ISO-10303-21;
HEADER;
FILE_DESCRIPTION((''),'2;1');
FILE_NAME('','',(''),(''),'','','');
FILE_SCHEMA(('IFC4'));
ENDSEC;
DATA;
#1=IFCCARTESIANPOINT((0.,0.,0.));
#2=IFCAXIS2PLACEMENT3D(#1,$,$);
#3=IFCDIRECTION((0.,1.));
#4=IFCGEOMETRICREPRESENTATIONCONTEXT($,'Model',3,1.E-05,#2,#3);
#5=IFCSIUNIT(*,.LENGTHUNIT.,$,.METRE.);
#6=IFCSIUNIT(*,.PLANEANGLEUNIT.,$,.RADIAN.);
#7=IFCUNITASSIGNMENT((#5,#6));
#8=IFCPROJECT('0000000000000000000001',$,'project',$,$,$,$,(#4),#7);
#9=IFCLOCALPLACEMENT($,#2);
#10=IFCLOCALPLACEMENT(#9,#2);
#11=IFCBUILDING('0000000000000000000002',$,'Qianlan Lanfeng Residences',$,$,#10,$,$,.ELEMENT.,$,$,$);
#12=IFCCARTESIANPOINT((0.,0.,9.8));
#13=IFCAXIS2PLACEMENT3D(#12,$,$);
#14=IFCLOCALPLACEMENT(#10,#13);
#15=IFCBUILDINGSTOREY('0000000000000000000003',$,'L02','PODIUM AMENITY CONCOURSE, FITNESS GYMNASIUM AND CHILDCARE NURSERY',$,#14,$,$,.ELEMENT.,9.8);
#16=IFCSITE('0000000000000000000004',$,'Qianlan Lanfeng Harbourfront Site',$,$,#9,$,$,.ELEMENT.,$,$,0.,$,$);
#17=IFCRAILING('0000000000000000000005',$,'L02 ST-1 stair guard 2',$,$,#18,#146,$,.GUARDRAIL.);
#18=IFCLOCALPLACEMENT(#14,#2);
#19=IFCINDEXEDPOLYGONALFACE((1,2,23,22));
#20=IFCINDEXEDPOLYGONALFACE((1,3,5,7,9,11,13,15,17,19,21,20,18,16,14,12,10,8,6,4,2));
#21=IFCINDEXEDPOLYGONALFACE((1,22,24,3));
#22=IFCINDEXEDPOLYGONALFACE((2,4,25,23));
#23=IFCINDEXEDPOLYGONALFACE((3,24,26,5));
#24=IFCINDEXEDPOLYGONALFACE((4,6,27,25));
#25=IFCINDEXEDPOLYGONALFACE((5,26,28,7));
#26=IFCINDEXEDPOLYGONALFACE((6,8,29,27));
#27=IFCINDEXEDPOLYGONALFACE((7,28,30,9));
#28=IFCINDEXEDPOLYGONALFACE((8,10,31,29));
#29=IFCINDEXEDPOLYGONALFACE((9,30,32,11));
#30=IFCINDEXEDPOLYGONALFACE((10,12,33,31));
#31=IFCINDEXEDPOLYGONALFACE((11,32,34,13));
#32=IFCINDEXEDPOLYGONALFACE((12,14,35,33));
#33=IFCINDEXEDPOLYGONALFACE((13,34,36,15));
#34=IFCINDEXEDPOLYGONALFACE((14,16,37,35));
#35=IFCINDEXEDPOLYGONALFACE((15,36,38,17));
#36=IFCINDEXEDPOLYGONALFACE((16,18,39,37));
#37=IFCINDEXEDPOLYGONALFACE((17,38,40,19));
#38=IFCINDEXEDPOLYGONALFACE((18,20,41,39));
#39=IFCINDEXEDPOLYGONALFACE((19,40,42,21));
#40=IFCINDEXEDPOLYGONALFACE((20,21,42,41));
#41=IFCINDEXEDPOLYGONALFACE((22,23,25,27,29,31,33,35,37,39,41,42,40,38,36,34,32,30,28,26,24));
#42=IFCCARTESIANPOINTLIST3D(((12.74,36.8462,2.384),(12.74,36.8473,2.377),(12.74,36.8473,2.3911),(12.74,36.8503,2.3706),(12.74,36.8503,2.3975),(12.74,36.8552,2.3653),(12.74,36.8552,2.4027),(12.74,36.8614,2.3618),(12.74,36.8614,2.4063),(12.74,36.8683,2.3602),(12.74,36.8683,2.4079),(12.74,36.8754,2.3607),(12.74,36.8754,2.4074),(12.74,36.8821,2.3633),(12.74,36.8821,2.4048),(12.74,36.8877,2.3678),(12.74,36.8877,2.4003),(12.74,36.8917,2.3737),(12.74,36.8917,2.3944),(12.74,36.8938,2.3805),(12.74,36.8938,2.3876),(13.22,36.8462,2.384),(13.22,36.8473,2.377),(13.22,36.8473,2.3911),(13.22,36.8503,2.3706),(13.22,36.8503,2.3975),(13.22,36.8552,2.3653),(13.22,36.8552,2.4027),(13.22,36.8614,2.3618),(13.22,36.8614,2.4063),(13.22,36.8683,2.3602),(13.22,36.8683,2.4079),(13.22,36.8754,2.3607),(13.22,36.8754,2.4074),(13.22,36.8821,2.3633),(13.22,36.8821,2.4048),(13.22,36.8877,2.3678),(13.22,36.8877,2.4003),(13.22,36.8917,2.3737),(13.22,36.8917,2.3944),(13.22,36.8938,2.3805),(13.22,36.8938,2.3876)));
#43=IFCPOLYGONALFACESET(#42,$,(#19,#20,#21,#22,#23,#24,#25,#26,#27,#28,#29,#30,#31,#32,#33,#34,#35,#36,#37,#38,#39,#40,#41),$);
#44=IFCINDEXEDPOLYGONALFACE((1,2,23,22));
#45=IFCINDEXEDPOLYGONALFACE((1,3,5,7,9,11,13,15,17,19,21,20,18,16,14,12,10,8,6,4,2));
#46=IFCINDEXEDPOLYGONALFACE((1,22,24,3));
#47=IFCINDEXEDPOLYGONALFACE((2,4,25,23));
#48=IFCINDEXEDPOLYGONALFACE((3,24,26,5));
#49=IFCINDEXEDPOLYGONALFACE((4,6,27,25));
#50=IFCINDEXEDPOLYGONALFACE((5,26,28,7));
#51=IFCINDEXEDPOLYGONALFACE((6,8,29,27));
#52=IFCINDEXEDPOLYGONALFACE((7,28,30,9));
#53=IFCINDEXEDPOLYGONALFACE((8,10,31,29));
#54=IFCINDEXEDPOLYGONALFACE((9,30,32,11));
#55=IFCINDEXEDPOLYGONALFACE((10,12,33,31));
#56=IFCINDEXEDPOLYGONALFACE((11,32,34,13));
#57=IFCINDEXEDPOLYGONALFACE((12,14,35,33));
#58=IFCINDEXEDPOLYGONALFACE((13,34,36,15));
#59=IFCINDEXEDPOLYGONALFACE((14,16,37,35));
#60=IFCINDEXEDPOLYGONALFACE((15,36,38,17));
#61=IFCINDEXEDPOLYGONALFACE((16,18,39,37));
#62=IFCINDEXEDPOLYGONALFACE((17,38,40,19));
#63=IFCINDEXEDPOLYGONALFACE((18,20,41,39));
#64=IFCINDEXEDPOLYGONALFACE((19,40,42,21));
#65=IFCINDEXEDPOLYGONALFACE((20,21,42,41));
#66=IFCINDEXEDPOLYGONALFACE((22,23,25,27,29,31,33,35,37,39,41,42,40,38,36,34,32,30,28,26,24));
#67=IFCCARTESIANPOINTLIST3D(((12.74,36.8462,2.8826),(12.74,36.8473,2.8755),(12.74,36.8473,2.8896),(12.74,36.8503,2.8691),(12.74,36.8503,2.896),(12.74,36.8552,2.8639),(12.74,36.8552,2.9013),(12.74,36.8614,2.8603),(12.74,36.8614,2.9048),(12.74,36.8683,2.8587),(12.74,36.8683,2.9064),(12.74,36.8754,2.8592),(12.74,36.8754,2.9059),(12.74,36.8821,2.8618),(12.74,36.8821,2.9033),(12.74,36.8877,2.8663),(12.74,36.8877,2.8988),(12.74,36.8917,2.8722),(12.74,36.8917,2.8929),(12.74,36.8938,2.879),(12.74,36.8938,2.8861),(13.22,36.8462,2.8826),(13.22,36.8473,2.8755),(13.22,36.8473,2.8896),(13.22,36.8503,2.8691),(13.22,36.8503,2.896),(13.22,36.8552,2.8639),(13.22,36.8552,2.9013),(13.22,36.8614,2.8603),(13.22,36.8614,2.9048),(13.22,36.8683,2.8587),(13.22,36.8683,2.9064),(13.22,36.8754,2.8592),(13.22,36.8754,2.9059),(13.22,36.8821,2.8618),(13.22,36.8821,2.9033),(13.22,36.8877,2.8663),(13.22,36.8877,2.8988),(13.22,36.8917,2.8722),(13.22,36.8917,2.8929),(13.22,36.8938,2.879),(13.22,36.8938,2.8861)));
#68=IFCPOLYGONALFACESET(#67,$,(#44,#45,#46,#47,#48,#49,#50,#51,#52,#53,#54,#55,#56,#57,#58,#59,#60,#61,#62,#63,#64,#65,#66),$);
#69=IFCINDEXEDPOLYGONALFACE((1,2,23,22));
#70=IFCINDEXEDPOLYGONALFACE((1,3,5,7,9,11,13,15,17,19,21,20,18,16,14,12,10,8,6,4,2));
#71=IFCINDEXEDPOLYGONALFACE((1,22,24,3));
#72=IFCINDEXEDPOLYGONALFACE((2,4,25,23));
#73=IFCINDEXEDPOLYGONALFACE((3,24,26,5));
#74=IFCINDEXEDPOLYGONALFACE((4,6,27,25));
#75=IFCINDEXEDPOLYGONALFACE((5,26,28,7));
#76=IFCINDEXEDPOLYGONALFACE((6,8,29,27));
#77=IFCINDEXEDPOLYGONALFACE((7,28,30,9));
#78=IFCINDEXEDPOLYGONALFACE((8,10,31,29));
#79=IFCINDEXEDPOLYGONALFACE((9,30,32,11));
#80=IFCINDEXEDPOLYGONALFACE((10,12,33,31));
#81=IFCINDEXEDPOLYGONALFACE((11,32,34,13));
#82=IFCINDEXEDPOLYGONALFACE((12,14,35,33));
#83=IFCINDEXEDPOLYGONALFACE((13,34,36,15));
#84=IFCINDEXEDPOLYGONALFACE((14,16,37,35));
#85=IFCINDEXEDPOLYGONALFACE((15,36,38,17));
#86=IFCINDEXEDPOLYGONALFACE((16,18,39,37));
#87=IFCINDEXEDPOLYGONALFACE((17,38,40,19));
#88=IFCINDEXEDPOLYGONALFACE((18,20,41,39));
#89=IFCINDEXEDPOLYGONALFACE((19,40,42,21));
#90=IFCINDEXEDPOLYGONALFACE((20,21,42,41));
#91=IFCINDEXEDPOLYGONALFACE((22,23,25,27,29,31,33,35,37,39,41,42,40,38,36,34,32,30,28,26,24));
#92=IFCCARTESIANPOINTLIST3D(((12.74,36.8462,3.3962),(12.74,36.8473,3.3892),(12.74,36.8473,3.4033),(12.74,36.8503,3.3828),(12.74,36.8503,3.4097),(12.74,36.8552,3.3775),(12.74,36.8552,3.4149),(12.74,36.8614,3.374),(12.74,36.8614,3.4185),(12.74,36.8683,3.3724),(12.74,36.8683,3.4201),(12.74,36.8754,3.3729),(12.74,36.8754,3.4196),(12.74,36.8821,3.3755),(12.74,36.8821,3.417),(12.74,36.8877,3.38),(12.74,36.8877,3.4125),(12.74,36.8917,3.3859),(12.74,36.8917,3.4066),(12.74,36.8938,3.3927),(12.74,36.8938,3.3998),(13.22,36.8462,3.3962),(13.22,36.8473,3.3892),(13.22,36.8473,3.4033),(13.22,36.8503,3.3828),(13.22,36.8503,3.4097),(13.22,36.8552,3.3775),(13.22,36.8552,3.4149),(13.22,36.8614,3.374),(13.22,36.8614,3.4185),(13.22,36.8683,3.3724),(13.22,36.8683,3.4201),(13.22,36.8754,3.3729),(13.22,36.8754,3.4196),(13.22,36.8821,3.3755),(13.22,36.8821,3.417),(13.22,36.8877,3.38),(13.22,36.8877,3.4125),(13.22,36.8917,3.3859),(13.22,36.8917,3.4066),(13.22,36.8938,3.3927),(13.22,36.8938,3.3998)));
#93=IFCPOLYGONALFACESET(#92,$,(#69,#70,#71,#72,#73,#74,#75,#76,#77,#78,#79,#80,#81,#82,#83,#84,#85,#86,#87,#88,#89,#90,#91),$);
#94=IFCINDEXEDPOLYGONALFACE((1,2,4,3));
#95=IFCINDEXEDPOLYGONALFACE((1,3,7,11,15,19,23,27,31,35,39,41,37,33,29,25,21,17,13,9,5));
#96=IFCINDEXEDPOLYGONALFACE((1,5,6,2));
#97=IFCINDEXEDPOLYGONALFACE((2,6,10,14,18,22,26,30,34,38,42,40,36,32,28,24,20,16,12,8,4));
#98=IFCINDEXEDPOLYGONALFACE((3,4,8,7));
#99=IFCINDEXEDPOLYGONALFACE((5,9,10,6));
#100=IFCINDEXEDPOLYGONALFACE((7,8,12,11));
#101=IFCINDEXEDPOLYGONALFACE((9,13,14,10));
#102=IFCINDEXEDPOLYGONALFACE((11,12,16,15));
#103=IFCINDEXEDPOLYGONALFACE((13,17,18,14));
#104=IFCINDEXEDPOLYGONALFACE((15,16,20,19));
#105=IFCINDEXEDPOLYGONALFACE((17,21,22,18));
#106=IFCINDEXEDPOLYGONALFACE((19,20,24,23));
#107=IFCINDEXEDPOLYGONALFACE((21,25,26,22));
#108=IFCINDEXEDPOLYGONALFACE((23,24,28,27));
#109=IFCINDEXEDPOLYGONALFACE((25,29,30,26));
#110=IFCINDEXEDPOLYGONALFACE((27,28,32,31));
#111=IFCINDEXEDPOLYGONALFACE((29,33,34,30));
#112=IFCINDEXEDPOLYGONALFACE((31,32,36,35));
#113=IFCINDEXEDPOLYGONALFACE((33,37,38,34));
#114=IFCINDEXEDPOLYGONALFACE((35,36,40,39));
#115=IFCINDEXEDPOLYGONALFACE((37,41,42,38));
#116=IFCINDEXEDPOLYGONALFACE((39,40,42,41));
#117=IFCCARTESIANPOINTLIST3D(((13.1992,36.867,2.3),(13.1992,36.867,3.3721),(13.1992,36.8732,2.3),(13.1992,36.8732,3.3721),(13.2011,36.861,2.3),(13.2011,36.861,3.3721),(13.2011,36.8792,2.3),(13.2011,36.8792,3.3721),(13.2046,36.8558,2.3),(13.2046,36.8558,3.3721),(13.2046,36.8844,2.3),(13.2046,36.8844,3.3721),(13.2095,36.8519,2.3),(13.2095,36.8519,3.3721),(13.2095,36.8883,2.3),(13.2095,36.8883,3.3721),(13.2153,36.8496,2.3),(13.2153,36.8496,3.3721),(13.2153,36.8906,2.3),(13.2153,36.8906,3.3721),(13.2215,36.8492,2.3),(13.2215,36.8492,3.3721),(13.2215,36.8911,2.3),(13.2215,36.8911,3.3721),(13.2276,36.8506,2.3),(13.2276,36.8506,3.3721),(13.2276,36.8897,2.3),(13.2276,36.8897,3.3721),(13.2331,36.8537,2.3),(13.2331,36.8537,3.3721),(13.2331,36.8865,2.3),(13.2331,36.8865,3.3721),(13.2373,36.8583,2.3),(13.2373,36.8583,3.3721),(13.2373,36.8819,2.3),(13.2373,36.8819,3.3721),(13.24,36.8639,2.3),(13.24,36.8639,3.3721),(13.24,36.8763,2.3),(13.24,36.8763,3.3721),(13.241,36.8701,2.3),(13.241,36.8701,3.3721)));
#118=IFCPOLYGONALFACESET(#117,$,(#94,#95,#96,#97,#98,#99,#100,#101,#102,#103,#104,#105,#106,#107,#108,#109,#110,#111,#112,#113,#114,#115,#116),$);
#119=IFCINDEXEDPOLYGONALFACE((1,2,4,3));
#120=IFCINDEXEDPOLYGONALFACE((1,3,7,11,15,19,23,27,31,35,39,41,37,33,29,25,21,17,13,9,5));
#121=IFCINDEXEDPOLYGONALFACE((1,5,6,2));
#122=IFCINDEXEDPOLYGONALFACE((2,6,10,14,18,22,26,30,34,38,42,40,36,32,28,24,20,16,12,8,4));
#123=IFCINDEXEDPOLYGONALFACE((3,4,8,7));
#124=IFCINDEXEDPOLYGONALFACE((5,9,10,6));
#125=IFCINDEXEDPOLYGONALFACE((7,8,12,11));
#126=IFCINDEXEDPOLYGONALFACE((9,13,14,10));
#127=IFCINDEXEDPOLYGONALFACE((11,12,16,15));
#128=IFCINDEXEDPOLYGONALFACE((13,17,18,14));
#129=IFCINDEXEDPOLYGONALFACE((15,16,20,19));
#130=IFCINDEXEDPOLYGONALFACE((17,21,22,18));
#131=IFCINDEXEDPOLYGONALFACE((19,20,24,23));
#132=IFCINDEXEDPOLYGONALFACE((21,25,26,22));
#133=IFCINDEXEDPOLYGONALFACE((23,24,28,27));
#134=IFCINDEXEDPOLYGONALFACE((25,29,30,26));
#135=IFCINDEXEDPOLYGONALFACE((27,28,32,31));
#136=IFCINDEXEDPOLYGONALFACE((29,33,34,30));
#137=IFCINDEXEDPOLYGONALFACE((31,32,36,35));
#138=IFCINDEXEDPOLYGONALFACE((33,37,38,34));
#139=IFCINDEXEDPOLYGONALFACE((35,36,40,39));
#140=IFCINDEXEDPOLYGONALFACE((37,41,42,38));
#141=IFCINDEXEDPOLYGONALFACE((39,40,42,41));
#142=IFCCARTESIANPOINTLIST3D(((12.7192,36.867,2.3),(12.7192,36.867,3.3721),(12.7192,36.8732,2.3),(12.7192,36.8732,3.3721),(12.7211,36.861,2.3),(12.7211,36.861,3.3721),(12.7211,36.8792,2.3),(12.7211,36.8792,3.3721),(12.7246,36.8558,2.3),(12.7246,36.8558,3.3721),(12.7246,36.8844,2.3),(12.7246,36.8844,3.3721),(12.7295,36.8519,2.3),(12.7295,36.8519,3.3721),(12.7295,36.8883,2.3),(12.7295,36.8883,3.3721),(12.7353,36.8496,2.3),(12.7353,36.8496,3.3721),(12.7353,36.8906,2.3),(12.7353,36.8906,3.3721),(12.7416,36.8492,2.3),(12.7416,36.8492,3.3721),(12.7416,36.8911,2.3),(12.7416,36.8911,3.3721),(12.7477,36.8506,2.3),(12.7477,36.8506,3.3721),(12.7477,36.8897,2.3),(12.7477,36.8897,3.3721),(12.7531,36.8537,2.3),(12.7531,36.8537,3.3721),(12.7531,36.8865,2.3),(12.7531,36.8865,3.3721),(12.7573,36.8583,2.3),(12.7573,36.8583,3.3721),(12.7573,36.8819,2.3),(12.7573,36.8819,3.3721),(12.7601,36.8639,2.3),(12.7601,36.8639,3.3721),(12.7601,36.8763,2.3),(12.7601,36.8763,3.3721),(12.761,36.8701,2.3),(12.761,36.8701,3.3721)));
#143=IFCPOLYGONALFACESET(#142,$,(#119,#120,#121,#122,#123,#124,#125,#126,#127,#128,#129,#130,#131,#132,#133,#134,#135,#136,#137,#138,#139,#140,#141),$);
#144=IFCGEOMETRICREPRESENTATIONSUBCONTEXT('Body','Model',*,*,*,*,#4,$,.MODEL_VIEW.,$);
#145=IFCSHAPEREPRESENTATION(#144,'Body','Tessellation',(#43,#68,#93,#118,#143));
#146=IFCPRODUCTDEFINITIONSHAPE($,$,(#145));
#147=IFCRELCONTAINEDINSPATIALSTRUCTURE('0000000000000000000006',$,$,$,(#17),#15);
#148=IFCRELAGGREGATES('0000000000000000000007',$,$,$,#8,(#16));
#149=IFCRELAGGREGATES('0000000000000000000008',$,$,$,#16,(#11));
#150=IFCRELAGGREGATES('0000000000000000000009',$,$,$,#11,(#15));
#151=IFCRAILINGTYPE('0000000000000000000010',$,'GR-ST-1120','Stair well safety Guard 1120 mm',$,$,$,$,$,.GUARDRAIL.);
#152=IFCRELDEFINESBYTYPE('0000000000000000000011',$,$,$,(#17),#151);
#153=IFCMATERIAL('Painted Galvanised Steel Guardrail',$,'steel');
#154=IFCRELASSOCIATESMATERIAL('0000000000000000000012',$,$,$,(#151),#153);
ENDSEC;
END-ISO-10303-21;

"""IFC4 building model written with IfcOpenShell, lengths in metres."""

from ifc_helpers import new_model, si_unit, direction, frame, origin, origin_2d, place, context, subcontext, project, spatial, circle, extrude, material, type_object, element, save


model = new_model("IFC4")

# Units and contexts
model_context = context("Model", 3, precision=1e-05, world=origin(), true_north=direction((0.0, 1.0)))
body_context = subcontext(model_context, "Body", "Model", "MODEL_VIEW")
ifc_project = project(units=[si_unit("LENGTHUNIT", "METRE"), si_unit("PLANEANGLEUNIT", "RADIAN")], contexts=[model_context])

# Site, building, storey
site_placement = place(None, origin())
site = spatial("IfcSite", under=ifc_project, at=site_placement, Name="Qianlan Lanfeng Harbourfront Site", CompositionType="ELEMENT", RefElevation=0.0)
building_placement = place(site_placement, origin())
building = spatial("IfcBuilding", under=site, at=building_placement, Name="Qianlan Lanfeng Residences", CompositionType="ELEMENT")
storey_placement = place(building_placement, frame((0.0, 0.0, 9.8)))
storey = spatial("IfcBuildingStorey", under=building, at=storey_placement, Name="L02", Description="PODIUM AMENITY CONCOURSE, FITNESS GYMNASIUM AND CHILDCARE NURSERY", CompositionType="ELEMENT", Elevation=9.8)

# Railing
ifc_material_1 = material(Name="Painted Galvanised Steel Guardrail", Category="steel")
railing_type_1 = type_object("IfcRailingType", Name="GR-ST-1120", Description="Stair well safety Guard 1120 mm", PredefinedType="GUARDRAIL", material=ifc_material_1)
railing_1_placement = place(storey_placement, frame((13.22, 36.8701, 2.3)))
element("IfcRailing", 1, at=railing_1_placement, inside=storey, type_object=railing_type_1, Name="L02 ST-1 stair guard 2", PredefinedType="GUARDRAIL", context=body_context, shape_type="SweptSolid", body=[
    extrude(circle(Radius=0.0239, at=origin_2d()), frame((0.0, 0.0, 0.084), z_axis=(-1.0, 0.0, 0.0), x_axis=(0.0, -1.0, 0.0)), (0.0, 0.0, 1.0), 0.48),
    extrude(circle(Radius=0.0239, at=origin_2d()), frame((0.0, 0.0, 0.5825), z_axis=(-1.0, 0.0, 0.0), x_axis=(0.0, -1.0, 0.0)), (0.0, 0.0, 1.0), 0.48),
    extrude(circle(Radius=0.0239, at=origin_2d()), frame((0.0, 0.0, 1.0962), z_axis=(-1.0, 0.0, 0.0), x_axis=(0.0, -1.0, 0.0)), (0.0, 0.0, 1.0), 0.48),
    extrude(circle(Radius=0.021, at=origin_2d()), origin(), (0.0, 0.0, 1.0), 1.072),
    extrude(circle(Radius=0.021, at=origin_2d()), frame((-0.48, 0.0, 0.0)), (0.0, 0.0, 1.0), 1.072),
])

save(model, "model.ifc")
